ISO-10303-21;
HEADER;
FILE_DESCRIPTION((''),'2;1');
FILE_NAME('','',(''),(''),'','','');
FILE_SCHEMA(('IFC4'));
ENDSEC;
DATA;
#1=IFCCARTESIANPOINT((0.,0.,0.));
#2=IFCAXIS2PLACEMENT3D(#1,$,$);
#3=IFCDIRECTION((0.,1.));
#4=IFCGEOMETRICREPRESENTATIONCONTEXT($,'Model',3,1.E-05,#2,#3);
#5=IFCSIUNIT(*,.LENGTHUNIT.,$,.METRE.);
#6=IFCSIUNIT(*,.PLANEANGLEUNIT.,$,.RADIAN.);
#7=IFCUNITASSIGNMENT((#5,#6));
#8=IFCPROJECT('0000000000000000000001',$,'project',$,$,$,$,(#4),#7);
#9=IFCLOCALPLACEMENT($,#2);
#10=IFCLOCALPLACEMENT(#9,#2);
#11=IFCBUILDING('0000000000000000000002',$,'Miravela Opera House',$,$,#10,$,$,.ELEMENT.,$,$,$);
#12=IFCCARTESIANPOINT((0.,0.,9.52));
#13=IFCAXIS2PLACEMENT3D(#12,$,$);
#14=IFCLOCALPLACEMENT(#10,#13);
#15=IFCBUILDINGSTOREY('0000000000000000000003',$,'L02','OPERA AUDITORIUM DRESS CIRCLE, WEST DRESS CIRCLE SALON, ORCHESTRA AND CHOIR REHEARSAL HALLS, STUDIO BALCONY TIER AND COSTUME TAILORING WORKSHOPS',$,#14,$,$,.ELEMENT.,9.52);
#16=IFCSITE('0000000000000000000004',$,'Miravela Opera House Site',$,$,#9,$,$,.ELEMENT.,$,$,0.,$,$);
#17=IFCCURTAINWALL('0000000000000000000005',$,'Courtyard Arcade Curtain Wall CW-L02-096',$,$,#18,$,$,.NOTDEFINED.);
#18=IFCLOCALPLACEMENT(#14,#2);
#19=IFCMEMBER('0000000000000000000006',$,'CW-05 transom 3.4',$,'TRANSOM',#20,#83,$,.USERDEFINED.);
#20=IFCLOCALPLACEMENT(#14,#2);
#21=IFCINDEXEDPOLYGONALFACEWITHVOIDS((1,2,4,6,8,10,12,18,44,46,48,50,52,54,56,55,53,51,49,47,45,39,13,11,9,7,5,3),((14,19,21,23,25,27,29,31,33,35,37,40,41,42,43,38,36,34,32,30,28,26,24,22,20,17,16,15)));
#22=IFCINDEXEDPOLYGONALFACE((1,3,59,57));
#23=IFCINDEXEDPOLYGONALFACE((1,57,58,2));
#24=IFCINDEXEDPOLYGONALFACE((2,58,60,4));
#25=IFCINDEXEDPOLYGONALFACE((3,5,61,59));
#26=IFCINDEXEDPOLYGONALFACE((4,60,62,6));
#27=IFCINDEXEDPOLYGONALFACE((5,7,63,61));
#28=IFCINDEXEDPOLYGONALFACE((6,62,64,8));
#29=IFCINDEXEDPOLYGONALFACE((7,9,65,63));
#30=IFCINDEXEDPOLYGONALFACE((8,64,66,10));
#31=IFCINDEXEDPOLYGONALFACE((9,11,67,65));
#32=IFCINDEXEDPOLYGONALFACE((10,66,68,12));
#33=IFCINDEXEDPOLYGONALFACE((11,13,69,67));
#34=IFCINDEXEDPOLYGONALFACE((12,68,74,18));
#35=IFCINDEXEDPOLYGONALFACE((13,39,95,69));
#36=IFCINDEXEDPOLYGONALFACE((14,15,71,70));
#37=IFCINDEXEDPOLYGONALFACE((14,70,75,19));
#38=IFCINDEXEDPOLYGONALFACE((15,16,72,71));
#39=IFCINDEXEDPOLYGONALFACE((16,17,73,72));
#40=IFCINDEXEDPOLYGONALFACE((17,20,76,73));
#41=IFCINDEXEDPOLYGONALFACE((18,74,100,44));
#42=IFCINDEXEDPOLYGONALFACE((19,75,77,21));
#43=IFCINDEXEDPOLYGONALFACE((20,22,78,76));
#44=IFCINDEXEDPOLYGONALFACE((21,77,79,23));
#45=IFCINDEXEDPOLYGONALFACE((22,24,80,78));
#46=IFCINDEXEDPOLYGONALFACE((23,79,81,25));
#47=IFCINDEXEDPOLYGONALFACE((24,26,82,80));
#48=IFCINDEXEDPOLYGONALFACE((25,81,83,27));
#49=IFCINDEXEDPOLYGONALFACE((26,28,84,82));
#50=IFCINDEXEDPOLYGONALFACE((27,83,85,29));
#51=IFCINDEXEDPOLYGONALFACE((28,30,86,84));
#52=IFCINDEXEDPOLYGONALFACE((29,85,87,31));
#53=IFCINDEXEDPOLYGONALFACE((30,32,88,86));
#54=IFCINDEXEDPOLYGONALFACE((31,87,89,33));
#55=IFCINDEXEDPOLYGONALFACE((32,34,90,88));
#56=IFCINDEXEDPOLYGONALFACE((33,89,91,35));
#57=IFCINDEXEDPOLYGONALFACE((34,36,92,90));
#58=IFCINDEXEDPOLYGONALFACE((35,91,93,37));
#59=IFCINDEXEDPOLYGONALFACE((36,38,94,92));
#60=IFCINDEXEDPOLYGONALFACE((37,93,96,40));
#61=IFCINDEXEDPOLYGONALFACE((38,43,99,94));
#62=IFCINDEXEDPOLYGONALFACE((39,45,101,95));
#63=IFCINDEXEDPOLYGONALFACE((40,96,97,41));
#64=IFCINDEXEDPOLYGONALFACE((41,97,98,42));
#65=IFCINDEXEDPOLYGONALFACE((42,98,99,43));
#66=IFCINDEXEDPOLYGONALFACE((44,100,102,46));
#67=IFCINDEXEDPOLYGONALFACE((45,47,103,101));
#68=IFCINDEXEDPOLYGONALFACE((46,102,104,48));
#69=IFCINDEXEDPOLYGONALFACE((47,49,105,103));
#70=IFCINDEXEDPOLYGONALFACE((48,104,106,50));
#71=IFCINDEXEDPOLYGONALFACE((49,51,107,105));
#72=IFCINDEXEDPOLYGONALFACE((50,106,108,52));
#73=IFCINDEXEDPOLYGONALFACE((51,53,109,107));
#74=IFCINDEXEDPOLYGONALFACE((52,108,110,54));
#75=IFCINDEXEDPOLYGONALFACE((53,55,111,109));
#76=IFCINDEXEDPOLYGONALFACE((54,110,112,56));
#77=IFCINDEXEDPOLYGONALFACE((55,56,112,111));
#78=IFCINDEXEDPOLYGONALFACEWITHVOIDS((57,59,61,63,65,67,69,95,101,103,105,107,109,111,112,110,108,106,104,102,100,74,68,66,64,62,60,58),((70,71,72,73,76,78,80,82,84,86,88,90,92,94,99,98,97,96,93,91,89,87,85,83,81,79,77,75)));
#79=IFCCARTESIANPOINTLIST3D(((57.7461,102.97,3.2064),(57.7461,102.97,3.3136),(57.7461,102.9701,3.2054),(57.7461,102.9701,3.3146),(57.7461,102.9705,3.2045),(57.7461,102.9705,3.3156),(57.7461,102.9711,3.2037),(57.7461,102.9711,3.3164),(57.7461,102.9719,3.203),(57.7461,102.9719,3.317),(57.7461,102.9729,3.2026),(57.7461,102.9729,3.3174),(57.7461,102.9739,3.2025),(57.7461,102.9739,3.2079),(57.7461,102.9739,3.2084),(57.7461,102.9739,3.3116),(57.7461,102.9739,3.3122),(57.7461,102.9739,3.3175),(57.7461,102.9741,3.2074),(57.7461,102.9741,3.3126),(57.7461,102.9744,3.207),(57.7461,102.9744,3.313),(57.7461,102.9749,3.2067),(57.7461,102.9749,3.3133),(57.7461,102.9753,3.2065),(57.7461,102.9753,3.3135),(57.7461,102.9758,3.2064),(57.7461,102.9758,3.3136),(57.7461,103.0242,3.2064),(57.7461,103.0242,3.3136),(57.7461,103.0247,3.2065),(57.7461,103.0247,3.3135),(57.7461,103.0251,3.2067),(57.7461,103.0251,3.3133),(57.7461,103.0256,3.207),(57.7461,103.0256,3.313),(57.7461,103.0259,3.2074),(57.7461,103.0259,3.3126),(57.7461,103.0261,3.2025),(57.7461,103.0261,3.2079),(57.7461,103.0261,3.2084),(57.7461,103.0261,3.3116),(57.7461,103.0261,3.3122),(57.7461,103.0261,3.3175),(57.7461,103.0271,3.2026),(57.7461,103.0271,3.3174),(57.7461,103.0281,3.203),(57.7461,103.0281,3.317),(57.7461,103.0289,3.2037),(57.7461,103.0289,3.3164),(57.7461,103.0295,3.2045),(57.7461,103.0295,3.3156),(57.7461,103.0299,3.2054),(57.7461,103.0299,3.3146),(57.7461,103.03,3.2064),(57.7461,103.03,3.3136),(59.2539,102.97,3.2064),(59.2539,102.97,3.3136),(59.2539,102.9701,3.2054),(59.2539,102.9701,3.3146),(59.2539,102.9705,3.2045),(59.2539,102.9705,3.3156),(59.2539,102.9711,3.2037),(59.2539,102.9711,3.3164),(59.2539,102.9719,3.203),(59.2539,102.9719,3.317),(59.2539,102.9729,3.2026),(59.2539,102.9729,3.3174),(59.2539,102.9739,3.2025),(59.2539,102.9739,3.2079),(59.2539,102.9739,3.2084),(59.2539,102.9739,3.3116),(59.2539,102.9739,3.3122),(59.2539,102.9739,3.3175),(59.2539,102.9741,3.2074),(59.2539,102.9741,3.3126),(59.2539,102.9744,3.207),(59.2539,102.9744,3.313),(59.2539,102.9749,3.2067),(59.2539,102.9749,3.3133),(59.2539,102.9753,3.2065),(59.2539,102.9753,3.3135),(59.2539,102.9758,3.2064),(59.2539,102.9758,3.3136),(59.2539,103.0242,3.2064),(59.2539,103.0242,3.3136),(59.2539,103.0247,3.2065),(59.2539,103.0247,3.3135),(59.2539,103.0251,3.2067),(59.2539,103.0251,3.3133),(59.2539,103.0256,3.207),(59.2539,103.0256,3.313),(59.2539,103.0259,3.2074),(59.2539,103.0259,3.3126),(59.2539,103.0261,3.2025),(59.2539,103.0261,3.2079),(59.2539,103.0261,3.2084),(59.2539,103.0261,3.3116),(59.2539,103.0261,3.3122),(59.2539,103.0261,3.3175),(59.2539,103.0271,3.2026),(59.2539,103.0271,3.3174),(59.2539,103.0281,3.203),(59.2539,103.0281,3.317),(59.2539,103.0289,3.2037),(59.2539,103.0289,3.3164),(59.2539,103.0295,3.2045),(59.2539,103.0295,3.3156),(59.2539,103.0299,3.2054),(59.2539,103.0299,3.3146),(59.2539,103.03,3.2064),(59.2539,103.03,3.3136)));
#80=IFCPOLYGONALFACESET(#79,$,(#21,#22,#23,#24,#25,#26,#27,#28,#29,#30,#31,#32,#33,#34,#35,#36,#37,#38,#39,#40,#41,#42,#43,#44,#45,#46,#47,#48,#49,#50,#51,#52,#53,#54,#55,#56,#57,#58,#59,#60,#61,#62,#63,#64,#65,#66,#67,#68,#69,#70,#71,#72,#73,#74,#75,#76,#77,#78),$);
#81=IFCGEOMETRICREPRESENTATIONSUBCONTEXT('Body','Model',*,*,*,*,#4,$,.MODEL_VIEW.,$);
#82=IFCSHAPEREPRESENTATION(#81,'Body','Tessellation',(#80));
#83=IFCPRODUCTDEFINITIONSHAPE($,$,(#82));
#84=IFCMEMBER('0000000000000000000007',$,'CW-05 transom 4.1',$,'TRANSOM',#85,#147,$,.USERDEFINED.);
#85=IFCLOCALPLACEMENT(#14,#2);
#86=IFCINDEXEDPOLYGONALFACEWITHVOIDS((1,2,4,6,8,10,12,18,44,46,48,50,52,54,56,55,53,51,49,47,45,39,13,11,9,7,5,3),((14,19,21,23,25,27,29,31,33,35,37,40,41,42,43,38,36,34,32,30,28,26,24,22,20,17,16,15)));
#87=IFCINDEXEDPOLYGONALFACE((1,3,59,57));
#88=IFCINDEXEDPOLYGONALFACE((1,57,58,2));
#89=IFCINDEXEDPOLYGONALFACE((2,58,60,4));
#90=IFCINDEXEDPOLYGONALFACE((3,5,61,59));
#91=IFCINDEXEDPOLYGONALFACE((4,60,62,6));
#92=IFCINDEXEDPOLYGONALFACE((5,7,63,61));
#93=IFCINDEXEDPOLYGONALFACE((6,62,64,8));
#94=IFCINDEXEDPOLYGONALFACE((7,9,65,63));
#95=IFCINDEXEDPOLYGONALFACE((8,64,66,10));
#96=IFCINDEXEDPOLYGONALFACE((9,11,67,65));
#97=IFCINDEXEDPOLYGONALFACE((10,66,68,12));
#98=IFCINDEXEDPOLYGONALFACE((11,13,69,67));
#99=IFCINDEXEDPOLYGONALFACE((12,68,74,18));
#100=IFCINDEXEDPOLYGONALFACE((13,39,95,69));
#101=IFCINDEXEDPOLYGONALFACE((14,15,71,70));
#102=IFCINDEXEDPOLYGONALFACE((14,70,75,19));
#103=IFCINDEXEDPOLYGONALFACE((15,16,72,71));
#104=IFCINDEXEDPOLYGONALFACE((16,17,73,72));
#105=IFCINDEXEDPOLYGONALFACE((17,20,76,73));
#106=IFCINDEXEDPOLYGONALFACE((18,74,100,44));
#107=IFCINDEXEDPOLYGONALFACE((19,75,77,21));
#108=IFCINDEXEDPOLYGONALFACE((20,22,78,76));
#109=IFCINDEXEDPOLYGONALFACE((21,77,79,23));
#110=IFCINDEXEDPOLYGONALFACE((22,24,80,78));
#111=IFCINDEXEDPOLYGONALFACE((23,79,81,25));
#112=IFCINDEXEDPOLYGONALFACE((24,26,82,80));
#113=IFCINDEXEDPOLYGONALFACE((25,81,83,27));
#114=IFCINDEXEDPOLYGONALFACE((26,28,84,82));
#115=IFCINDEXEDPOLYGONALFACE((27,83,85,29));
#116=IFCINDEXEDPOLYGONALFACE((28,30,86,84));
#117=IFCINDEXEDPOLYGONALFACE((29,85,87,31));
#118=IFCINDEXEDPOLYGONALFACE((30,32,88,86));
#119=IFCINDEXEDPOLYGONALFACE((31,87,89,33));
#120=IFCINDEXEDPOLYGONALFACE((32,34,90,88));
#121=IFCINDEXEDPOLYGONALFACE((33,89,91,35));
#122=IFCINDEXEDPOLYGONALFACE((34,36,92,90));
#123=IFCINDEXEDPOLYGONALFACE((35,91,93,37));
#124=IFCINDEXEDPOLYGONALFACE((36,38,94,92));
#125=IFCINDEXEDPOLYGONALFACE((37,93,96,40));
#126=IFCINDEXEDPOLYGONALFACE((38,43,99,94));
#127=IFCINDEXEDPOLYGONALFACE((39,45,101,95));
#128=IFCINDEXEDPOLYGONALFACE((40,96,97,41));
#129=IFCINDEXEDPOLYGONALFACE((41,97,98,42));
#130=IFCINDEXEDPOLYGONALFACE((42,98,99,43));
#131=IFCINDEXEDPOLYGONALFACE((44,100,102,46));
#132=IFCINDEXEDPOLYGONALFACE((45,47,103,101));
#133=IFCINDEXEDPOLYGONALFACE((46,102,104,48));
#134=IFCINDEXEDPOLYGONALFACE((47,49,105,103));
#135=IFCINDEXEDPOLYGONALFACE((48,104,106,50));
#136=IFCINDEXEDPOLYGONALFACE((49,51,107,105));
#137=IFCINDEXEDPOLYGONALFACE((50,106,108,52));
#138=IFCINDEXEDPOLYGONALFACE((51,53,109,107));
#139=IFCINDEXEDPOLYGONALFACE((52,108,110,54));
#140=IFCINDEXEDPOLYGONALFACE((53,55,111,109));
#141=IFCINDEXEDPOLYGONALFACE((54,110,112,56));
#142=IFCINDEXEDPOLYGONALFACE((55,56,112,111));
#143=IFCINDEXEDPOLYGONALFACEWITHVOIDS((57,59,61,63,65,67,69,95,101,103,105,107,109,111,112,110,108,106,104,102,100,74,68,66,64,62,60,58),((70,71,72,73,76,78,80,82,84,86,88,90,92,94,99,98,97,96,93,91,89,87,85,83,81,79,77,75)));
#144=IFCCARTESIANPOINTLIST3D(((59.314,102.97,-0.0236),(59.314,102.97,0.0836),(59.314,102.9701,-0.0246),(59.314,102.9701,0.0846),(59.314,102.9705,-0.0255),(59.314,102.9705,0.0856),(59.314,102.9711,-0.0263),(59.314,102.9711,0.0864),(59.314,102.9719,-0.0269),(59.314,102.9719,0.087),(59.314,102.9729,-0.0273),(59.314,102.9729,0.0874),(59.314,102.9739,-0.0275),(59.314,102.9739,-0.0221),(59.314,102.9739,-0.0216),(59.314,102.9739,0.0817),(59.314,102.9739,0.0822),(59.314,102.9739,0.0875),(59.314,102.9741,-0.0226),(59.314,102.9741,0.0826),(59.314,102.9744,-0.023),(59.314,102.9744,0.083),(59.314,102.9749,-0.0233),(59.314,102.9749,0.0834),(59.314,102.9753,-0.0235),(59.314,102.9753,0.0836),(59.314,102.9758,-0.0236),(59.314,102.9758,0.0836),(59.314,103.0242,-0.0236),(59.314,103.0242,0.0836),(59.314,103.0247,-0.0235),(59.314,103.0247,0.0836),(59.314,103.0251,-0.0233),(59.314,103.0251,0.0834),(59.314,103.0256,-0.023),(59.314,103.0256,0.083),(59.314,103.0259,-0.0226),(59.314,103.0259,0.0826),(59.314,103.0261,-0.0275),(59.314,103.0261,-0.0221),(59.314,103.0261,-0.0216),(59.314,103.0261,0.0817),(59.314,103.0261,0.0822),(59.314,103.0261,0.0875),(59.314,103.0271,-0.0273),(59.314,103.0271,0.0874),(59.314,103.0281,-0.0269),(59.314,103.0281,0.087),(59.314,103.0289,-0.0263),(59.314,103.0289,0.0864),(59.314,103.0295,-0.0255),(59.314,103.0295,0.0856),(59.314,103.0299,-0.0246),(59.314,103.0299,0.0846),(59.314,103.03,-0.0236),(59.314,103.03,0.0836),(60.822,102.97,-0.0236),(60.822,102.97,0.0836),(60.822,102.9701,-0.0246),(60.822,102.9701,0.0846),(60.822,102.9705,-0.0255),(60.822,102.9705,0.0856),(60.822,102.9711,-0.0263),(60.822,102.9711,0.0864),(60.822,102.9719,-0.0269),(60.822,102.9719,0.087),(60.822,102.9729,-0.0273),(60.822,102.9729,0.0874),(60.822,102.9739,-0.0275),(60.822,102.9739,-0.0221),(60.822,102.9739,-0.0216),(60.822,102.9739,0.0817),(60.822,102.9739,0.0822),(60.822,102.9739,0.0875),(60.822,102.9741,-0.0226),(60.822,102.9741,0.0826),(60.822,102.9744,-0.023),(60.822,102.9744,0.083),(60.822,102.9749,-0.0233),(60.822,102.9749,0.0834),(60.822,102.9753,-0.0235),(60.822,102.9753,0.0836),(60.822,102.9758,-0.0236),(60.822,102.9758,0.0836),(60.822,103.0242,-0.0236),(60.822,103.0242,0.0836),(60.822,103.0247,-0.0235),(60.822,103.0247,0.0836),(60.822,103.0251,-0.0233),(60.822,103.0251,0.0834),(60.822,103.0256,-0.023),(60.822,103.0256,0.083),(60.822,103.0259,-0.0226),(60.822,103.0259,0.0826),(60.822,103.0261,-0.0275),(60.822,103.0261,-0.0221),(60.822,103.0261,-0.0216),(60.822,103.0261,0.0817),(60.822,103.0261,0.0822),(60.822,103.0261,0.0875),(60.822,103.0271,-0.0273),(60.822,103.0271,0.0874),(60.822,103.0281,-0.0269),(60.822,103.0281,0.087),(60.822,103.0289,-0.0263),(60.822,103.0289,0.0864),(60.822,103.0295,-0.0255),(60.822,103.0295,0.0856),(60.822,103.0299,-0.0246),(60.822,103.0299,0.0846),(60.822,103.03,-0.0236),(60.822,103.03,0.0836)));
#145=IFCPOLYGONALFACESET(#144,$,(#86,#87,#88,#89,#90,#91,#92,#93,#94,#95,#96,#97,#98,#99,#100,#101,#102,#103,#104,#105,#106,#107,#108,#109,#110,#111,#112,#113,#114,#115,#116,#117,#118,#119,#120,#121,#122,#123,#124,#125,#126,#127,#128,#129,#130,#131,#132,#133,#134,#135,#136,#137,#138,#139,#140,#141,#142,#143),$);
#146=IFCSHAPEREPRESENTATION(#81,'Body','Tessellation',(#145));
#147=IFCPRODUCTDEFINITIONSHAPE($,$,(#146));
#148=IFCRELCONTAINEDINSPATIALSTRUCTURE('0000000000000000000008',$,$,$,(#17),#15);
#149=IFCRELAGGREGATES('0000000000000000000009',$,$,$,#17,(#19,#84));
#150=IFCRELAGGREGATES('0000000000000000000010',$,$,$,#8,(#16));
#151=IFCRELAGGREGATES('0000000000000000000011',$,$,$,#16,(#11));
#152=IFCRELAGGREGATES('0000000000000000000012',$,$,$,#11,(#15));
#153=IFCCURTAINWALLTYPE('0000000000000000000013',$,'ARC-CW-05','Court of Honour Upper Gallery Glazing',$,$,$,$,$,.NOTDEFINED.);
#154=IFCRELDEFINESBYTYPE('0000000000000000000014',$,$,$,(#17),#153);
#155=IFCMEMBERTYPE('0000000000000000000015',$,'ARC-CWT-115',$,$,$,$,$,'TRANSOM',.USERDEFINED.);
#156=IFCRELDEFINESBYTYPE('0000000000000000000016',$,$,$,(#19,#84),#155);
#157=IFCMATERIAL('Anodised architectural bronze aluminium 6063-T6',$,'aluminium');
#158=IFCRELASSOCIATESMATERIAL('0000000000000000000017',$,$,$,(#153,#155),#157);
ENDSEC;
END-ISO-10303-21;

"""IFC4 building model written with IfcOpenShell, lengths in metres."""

from ifc_helpers import new_model, si_unit, direction, frame, origin, origin_2d, place, context, subcontext, project, spatial, hollow_rectangle, extrude, material, material_profile, profile_set, type_object, element, aggregate, save


model = new_model("IFC4")

# Units and contexts
model_context = context("Model", 3, precision=1e-05, world=origin(), true_north=direction((0.0, 1.0)))
body_context = subcontext(model_context, "Body", "Model", "MODEL_VIEW")
ifc_project = project(units=[si_unit("LENGTHUNIT", "METRE"), si_unit("PLANEANGLEUNIT", "RADIAN")], contexts=[model_context])

# Site, building, storey
site_placement = place(None, origin())
site = spatial("IfcSite", under=ifc_project, at=site_placement, Name="Miravela Opera House Site", CompositionType="ELEMENT", RefElevation=0.0)
building_placement = place(site_placement, origin())
building = spatial("IfcBuilding", under=site, at=building_placement, Name="Miravela Opera House", CompositionType="ELEMENT")
storey_placement = place(building_placement, frame((0.0, 0.0, 9.52)))
storey = spatial("IfcBuildingStorey", under=building, at=storey_placement, Name="L02", Description="OPERA AUDITORIUM DRESS CIRCLE, WEST DRESS CIRCLE SALON, ORCHESTRA AND CHOIR REHEARSAL HALLS, STUDIO BALCONY TIER AND COSTUME TAILORING WORKSHOPS", CompositionType="ELEMENT", Elevation=9.52)

# Curtain wall, members
ifc_material_1 = material(Name="Anodised architectural bronze aluminium 6063-T6", Category="aluminium")
curtain_wall_type = type_object("IfcCurtainWallType", Name="ARC-CW-05", Description="Court of Honour Upper Gallery Glazing", PredefinedType="NOTDEFINED", material=ifc_material_1)
curtain_wall_placement = place(storey_placement, origin())
curtain_wall = element("IfcCurtainWall", 1, at=curtain_wall_placement, inside=storey, type_object=curtain_wall_type, Name="Courtyard Arcade Curtain Wall CW-L02-096", PredefinedType="NOTDEFINED")
ifc_material_profile_1 = material_profile(ifc_material_1, hollow_rectangle(XDim=0.0601, YDim=0.115, WallThickness=0.0039, InnerFilletRadius=0.002, OuterFilletRadius=0.0039, at=origin_2d()), Name="CWT-60X115")
ifc_profile_set_1 = profile_set([ifc_material_profile_1])
member_type_1 = type_object("IfcMemberType", Name="ARC-CWT-115", ElementType="TRANSOM", PredefinedType="USERDEFINED", material=ifc_profile_set_1)
member_1_placement = place(storey_placement, frame((57.7461, 103.0, 3.26), z_axis=(1.0, 0.0, 0.0), x_axis=(0.0, 1.0, 0.0)))
member_1 = element("IfcMember", 2, at=member_1_placement, type_object=member_type_1, Name="CW-05 transom 3.4", ObjectType="TRANSOM", PredefinedType="USERDEFINED", context=body_context, shape_type="SweptSolid", body=[
    extrude(hollow_rectangle(XDim=0.0601, YDim=0.115, WallThickness=0.0039, InnerFilletRadius=0.002, OuterFilletRadius=0.0039, at=origin_2d()), origin(), (0.0, 0.0, 1.0), 1.5078),
])
member_2_placement = place(storey_placement, frame((59.314, 103.0, 0.03), z_axis=(1.0, 0.0, 0.0), x_axis=(0.0, 1.0, 0.0)))
member_2 = element("IfcMember", 3, at=member_2_placement, type_object=member_type_1, Name="CW-05 transom 4.1", ObjectType="TRANSOM", PredefinedType="USERDEFINED", context=body_context, shape_type="SweptSolid", body=[
    extrude(hollow_rectangle(XDim=0.0601, YDim=0.115, WallThickness=0.0039, InnerFilletRadius=0.002, OuterFilletRadius=0.0039, at=origin_2d()), origin(), (0.0, 0.0, 1.0), 1.5081),
])
aggregate(curtain_wall, [member_1, member_2])

save(model, "model.ifc")
